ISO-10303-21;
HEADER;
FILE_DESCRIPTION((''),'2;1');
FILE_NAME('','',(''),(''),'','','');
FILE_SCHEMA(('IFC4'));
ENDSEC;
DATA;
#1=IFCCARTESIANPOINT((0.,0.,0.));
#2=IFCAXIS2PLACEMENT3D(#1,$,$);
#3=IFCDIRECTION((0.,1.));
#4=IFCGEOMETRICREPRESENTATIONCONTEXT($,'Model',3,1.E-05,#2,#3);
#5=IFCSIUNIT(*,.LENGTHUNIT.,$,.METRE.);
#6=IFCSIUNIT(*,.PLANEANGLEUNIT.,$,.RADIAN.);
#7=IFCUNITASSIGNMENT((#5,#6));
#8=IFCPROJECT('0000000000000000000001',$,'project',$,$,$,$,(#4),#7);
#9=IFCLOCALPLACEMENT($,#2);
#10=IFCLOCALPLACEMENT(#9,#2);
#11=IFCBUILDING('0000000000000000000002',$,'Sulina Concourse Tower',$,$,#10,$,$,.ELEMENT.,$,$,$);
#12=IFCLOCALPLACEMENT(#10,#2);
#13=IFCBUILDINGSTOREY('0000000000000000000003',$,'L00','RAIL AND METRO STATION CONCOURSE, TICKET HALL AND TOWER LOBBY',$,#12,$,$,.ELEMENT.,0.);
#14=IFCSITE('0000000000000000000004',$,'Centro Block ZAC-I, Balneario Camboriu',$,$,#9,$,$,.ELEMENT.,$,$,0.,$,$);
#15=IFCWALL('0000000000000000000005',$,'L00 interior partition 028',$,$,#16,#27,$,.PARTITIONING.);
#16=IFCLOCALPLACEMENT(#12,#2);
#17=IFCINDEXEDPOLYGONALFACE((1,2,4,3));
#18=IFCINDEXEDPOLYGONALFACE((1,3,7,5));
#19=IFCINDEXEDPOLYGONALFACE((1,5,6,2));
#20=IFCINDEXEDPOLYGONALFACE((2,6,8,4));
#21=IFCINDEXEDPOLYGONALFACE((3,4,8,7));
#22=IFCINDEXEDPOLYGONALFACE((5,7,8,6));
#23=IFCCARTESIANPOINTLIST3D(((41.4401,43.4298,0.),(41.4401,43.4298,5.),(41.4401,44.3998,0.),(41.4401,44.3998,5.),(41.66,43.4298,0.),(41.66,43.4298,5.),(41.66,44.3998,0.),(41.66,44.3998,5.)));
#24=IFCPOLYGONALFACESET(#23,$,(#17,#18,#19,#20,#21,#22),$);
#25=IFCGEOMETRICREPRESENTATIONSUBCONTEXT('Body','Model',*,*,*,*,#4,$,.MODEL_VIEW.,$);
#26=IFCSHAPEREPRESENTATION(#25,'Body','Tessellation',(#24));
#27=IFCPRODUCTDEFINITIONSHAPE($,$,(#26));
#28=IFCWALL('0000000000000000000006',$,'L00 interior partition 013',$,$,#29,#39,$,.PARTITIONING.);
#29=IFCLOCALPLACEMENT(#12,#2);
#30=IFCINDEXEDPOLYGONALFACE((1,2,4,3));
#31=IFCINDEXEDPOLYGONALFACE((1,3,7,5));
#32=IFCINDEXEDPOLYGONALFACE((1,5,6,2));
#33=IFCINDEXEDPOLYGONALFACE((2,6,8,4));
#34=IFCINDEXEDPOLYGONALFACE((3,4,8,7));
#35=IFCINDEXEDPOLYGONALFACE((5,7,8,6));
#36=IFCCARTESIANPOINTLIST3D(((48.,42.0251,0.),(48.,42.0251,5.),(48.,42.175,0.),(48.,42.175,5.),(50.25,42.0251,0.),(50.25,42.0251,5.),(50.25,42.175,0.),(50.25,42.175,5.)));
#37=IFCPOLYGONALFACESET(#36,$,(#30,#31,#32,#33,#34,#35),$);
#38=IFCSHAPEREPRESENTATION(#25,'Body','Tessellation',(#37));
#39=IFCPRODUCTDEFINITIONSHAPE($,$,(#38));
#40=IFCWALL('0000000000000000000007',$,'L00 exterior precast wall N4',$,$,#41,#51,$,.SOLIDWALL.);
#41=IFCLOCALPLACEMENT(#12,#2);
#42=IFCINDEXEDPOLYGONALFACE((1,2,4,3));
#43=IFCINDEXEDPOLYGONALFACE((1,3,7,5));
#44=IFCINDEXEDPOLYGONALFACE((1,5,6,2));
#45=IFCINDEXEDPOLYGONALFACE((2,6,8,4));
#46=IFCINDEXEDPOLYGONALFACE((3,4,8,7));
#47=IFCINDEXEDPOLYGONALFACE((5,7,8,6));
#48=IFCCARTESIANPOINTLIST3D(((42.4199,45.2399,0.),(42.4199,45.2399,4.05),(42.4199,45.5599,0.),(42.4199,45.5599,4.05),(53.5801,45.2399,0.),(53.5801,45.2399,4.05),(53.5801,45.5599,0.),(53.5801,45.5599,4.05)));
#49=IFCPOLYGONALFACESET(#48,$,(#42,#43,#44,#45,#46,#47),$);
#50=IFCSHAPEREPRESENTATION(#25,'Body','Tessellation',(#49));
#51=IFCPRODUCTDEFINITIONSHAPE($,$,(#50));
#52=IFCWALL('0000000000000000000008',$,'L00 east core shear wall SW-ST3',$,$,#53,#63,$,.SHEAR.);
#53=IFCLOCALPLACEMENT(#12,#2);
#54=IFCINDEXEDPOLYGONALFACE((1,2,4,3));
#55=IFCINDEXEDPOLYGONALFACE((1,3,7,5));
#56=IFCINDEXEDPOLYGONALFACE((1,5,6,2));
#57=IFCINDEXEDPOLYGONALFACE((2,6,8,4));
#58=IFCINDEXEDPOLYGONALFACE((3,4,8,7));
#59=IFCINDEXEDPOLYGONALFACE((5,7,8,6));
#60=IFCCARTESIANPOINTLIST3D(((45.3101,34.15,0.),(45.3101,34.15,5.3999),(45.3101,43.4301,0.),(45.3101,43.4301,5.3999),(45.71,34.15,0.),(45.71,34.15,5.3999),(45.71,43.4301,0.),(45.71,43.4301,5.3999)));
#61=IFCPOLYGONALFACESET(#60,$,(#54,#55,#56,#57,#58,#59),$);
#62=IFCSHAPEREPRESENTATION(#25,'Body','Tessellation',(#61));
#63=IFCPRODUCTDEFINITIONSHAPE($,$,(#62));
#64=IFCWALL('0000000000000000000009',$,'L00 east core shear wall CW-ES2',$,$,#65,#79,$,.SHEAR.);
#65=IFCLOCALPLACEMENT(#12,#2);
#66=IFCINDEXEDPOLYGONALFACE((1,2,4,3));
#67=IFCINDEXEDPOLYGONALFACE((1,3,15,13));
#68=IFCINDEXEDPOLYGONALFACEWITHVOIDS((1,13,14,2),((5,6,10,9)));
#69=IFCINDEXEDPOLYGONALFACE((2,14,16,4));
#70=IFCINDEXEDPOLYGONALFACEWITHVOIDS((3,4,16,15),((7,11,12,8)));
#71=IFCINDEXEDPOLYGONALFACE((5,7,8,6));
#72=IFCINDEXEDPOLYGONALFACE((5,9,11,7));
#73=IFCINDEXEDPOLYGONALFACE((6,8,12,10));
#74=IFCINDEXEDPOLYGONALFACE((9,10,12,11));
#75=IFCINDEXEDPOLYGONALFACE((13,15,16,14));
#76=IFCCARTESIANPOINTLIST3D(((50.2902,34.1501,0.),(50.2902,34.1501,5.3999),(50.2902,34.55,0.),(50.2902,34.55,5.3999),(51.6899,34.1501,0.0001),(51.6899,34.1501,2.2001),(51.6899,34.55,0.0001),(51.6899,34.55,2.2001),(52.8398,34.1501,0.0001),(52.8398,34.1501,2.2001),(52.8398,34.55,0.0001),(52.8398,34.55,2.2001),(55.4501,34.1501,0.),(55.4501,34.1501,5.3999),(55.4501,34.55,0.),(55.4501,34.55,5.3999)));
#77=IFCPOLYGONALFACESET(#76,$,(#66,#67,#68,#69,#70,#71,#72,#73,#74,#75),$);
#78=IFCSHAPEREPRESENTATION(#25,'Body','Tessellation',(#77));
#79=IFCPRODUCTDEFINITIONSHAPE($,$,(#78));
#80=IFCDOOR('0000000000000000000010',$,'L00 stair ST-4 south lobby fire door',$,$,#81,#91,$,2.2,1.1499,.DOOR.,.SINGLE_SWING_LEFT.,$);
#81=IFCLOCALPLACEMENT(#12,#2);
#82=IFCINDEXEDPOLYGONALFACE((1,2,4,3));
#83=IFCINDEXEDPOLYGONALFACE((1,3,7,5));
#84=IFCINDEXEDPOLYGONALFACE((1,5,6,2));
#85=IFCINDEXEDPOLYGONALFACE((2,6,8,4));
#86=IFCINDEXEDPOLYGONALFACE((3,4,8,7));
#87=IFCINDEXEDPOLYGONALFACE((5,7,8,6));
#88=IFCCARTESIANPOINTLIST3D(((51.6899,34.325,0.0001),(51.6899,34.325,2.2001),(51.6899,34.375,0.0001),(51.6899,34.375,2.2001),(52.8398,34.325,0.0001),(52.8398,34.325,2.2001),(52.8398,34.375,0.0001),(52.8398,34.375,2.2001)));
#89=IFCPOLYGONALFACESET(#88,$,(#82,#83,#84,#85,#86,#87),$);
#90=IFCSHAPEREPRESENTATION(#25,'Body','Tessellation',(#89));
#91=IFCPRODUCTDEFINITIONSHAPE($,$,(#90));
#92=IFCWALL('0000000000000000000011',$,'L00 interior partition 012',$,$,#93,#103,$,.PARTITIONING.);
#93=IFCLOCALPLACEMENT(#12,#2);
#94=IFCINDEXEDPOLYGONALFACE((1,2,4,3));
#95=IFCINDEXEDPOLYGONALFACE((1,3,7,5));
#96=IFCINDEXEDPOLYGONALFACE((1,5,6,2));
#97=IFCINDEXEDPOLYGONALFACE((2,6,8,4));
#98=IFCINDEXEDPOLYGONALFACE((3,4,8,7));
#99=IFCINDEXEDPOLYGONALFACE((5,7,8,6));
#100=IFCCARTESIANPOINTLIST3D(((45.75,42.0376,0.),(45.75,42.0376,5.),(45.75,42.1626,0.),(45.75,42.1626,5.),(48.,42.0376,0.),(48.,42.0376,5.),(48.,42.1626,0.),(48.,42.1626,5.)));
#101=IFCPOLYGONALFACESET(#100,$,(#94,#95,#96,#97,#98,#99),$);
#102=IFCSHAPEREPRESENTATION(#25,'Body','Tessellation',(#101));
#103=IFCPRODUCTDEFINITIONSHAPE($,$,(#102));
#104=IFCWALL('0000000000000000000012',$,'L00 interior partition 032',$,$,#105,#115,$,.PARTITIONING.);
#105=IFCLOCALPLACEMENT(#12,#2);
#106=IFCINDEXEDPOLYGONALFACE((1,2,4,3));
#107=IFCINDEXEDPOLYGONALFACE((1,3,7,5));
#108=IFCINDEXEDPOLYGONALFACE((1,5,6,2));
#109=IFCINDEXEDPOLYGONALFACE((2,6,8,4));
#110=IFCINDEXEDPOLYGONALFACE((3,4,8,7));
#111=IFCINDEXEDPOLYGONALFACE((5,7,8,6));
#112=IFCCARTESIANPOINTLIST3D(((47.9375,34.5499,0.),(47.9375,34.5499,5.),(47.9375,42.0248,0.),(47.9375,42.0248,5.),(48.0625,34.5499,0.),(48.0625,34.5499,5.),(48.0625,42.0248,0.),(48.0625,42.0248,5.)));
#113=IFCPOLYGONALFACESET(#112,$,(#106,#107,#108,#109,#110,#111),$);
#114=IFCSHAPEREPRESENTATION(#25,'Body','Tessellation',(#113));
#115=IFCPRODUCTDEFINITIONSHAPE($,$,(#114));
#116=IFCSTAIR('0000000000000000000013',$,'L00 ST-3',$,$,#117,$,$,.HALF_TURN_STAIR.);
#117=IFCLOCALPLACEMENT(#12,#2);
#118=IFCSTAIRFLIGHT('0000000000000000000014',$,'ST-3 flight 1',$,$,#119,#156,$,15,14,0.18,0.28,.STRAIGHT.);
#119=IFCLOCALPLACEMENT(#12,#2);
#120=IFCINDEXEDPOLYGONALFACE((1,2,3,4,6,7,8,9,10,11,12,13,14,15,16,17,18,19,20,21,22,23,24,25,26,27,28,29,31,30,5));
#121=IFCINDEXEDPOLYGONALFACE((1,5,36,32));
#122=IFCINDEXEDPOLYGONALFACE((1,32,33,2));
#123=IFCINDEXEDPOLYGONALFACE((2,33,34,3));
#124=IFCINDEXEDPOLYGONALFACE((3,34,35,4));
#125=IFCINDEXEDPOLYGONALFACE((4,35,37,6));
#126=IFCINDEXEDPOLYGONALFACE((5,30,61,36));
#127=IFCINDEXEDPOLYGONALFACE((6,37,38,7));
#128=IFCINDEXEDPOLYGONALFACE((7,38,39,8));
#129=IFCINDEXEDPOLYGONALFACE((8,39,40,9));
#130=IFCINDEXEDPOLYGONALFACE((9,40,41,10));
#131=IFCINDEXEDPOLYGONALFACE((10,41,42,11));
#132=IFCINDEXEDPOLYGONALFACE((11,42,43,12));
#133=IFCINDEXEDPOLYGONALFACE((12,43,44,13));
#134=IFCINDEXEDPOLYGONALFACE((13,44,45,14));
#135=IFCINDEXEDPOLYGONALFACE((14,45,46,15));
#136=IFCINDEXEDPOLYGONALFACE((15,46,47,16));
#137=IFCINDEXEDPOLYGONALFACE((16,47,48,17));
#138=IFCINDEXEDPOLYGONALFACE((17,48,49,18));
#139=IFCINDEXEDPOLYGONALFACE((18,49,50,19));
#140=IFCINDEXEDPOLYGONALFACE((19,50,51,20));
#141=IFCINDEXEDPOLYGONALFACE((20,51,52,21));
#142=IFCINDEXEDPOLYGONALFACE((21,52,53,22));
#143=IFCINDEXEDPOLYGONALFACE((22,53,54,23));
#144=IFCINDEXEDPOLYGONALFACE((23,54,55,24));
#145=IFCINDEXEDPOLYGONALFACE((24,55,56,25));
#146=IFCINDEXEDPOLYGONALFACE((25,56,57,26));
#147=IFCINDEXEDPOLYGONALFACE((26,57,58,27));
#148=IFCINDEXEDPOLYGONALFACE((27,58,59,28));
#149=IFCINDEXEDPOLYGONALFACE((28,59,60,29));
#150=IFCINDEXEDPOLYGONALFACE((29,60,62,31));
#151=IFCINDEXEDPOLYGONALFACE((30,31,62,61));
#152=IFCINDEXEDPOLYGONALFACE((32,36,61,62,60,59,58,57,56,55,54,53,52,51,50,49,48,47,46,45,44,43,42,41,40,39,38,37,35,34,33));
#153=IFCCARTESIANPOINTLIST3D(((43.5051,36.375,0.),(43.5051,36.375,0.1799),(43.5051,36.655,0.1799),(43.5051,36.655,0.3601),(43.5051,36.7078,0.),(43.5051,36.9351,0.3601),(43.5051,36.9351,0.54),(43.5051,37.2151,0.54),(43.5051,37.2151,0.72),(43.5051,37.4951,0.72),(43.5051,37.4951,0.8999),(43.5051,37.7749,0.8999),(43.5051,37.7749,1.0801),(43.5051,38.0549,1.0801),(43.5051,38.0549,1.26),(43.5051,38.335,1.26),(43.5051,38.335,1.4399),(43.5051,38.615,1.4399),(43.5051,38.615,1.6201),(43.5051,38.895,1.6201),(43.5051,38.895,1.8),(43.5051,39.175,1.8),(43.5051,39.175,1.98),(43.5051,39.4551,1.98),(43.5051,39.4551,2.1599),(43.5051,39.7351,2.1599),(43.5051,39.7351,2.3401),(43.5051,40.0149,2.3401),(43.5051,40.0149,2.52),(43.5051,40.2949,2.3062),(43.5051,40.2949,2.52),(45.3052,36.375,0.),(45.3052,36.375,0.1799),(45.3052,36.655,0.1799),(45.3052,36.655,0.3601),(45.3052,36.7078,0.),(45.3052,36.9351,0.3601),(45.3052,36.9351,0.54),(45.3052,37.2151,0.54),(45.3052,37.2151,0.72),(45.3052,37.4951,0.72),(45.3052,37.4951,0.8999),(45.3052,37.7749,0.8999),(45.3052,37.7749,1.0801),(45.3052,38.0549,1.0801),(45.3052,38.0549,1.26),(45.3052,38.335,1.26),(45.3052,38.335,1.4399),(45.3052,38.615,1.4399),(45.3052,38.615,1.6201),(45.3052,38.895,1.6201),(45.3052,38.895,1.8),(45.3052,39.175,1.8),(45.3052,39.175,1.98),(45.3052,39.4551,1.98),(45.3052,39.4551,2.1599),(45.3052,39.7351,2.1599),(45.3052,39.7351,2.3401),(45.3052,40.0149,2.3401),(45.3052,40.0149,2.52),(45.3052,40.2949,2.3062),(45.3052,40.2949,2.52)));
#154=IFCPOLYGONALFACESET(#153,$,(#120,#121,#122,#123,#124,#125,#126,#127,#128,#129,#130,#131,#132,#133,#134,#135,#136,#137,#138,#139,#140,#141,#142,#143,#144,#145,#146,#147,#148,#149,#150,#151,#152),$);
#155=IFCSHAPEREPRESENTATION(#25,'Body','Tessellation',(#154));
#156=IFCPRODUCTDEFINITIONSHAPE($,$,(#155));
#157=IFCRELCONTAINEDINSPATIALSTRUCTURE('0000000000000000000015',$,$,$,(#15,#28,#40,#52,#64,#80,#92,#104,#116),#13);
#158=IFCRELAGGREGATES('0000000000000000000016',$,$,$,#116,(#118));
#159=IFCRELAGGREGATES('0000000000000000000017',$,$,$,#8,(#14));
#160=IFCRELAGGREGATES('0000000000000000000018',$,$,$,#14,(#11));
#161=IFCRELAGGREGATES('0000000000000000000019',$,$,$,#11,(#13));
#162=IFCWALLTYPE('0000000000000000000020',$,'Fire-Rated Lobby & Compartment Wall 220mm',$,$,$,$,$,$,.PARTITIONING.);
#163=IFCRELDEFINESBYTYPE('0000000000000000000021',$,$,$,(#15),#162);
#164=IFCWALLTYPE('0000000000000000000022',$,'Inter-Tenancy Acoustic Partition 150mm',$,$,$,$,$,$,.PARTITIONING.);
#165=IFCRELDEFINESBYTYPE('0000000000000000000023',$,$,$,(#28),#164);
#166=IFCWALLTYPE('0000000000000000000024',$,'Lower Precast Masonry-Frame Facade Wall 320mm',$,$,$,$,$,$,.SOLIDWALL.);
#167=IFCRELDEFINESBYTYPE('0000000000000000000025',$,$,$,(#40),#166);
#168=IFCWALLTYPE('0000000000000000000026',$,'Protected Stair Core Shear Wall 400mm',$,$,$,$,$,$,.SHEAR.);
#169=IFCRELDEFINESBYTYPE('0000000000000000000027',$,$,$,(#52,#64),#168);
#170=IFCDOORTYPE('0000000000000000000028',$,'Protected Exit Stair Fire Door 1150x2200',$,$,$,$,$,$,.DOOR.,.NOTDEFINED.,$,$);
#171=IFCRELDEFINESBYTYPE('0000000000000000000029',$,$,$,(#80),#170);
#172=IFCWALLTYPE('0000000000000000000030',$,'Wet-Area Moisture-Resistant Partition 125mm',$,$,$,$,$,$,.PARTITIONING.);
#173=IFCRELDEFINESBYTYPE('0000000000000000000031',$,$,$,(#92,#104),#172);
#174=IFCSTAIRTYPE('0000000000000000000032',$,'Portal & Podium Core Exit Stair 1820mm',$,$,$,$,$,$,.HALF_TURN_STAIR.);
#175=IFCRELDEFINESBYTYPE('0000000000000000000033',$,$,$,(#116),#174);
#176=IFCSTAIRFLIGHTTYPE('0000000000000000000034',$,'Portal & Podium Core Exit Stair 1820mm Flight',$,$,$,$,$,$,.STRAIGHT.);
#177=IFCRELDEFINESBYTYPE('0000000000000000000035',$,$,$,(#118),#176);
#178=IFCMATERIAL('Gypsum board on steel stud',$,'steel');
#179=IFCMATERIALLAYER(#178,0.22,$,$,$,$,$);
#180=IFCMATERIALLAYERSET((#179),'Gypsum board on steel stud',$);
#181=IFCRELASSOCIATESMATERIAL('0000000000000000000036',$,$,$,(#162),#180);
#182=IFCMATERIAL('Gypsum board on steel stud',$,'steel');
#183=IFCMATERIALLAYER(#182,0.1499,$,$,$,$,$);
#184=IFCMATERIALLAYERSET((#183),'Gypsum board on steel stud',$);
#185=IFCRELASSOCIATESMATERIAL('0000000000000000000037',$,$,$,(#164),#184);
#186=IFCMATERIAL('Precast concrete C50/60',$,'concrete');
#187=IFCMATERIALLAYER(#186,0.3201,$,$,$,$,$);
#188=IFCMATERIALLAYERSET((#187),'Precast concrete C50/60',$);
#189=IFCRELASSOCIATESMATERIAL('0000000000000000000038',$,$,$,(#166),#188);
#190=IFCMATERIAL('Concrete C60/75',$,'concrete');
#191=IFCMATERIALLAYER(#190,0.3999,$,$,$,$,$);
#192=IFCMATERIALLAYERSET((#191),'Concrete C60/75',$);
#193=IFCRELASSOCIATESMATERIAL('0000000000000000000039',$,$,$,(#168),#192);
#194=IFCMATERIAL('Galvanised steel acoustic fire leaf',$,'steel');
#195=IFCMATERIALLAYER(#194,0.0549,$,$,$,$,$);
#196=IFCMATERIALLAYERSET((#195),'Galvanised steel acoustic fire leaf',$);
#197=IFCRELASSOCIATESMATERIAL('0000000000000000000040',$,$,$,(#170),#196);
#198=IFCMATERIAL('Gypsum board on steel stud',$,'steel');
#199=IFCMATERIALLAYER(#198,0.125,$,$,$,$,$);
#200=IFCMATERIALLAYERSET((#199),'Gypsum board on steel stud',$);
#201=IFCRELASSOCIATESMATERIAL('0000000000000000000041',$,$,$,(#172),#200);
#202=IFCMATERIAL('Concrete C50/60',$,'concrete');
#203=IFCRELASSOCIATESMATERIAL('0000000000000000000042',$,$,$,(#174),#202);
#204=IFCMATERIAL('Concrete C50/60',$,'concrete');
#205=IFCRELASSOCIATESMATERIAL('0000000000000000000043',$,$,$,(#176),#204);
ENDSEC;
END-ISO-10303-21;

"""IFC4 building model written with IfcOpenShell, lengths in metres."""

from ifc_helpers import new_model, si_unit, direction, frame, frame_2d, origin, place, context, subcontext, project, spatial, polyline, rectangle, outline, extrude, material, layer, layer_set, type_object, element, fill, aggregate, save


model = new_model("IFC4")

# Units and contexts
model_context = context("Model", 3, precision=1e-05, world=origin(), true_north=direction((0.0, 1.0)))
body_context = subcontext(model_context, "Body", "Model", "MODEL_VIEW")
ifc_project = project(units=[si_unit("LENGTHUNIT", "METRE"), si_unit("PLANEANGLEUNIT", "RADIAN")], contexts=[model_context])

# Site, building, storey
site_placement = place(None, origin())
site = spatial("IfcSite", under=ifc_project, at=site_placement, Name="Centro Block ZAC-I, Balneario Camboriu", CompositionType="ELEMENT", RefElevation=0.0)
building_placement = place(site_placement, origin())
building = spatial("IfcBuilding", under=site, at=building_placement, Name="Sulina Concourse Tower", CompositionType="ELEMENT")
storey_placement = place(building_placement, origin())
storey = spatial("IfcBuildingStorey", under=building, at=storey_placement, Name="L00", Description="RAIL AND METRO STATION CONCOURSE, TICKET HALL AND TOWER LOBBY", CompositionType="ELEMENT", Elevation=0.0)

# Shared definitions
ifc_material_1 = material(Name="Gypsum board on steel stud", Category="steel")
ifc_layer_1 = layer(ifc_material_1, 0.22)
ifc_layer_set_1 = layer_set([ifc_layer_1], Name="Gypsum board on steel stud")
wall_type_1 = type_object("IfcWallType", Name="Fire-Rated Lobby & Compartment Wall 220mm", PredefinedType="PARTITIONING", material=ifc_layer_set_1)

# Walls
wall_1_placement = place(storey_placement, frame((41.55, 43.4299, 0.0), z_axis=(0.0, 0.0, 1.0), x_axis=(0.0, 1.0, 0.0)))
element("IfcWall", 1, at=wall_1_placement, inside=storey, type_object=wall_type_1, Name="L00 interior partition 028", PredefinedType="PARTITIONING", context=body_context, shape_type="SweptSolid", body=[
    extrude(rectangle(XDim=0.97, YDim=0.22, at=frame_2d((0.4849, 0.0))), origin(), (0.0, 0.0, 1.0), 5.0),
])
ifc_material_2 = material(Name="Gypsum board on steel stud", Category="steel")
ifc_layer_2 = layer(ifc_material_2, 0.1499)
ifc_layer_set_2 = layer_set([ifc_layer_2], Name="Gypsum board on steel stud")
wall_type_2 = type_object("IfcWallType", Name="Inter-Tenancy Acoustic Partition 150mm", PredefinedType="PARTITIONING", material=ifc_layer_set_2)
wall_2_placement = place(storey_placement, frame((48.0, 42.1001, 0.0), z_axis=(0.0, 0.0, 1.0), x_axis=(1.0, 0.0, 0.0)))
element("IfcWall", 2, at=wall_2_placement, inside=storey, type_object=wall_type_2, Name="L00 interior partition 013", PredefinedType="PARTITIONING", context=body_context, shape_type="SweptSolid", body=[
    extrude(rectangle(XDim=2.25, YDim=0.1499, at=frame_2d((1.125, 0.0))), origin(), (0.0, 0.0, 1.0), 5.0),
])
ifc_material_3 = material(Name="Precast concrete C50/60", Category="concrete")
ifc_layer_3 = layer(ifc_material_3, 0.3201)
ifc_layer_set_3 = layer_set([ifc_layer_3], Name="Precast concrete C50/60")
wall_type_3 = type_object("IfcWallType", Name="Lower Precast Masonry-Frame Facade Wall 320mm", PredefinedType="SOLIDWALL", material=ifc_layer_set_3)
wall_3_placement = place(storey_placement, frame((42.4199, 45.3999, 0.0), z_axis=(0.0, 0.0, 1.0), x_axis=(1.0, 0.0, 0.0)))
element("IfcWall", 3, at=wall_3_placement, inside=storey, type_object=wall_type_3, Name="L00 exterior precast wall N4", PredefinedType="SOLIDWALL", context=body_context, shape_type="SweptSolid", body=[
    extrude(rectangle(XDim=11.1602, YDim=0.3201, at=frame_2d((5.5801, 0.0))), origin(), (0.0, 0.0, 1.0), 4.05),
])
ifc_material_4 = material(Name="Concrete C60/75", Category="concrete")
ifc_layer_4 = layer(ifc_material_4, 0.3999)
ifc_layer_set_4 = layer_set([ifc_layer_4], Name="Concrete C60/75")
wall_type_4 = type_object("IfcWallType", Name="Protected Stair Core Shear Wall 400mm", PredefinedType="SHEAR", material=ifc_layer_set_4)
wall_4_placement = place(storey_placement, frame((45.51, 34.1499, 0.0), z_axis=(0.0, 0.0, 1.0), x_axis=(0.0, 1.0, 0.0)))
element("IfcWall", 4, at=wall_4_placement, inside=storey, type_object=wall_type_4, Name="L00 east core shear wall SW-ST3", PredefinedType="SHEAR", context=body_context, shape_type="SweptSolid", body=[
    extrude(rectangle(XDim=9.28, YDim=0.3999, at=frame_2d((4.6401, 0.0))), origin(), (0.0, 0.0, 1.0), 5.3999),
])

# Wall, opening, door
wall_5_placement = place(storey_placement, frame((50.29, 34.3501, 0.0), z_axis=(0.0, 0.0, 1.0), x_axis=(1.0, 0.0, 0.0)))
wall_5 = element("IfcWall", 5, at=wall_5_placement, inside=storey, type_object=wall_type_4, Name="L00 east core shear wall CW-ES2", PredefinedType="SHEAR", context=body_context, shape_type="SweptSolid", body=[
    extrude(rectangle(XDim=5.1599, YDim=0.3999, at=frame_2d((2.5801, 0.0))), origin(), (0.0, 0.0, 1.0), 5.3999),
])
opening_1_placement = place(wall_5_placement, frame((1.3999, 0.0, 0.0)))
opening_1 = element("IfcOpeningElement", 6, at=opening_1_placement, cuts=wall_5, PredefinedType="OPENING", context=body_context, shape_type="SweptSolid", body=[
    extrude(rectangle(XDim=1.1499, YDim=2.2, at=frame_2d((0.575, 1.1001))), frame((0.0, 0.21, 0.0), z_axis=(0.0, -1.0, 0.0), x_axis=(1.0, 0.0, 0.0)), (0.0, 0.0, 1.0), 0.4199),
])
ifc_material_5 = material(Name="Galvanised steel acoustic fire leaf", Category="steel")
ifc_layer_5 = layer(ifc_material_5, 0.0549)
ifc_layer_set_5 = layer_set([ifc_layer_5], Name="Galvanised steel acoustic fire leaf")
door_type_1 = type_object("IfcDoorType", Name="Protected Exit Stair Fire Door 1150x2200", OperationType="NOTDEFINED", PredefinedType="DOOR", material=ifc_layer_set_5)
door_1_placement = place(opening_1_placement, origin())
door_1 = element("IfcDoor", 7, at=door_1_placement, inside=storey, type_object=door_type_1, Name="L00 stair ST-4 south lobby fire door", OperationType="SINGLE_SWING_LEFT", OverallHeight=2.2, OverallWidth=1.1499, PredefinedType="DOOR", context=body_context, shape_type="SweptSolid", body=[
    extrude(rectangle(XDim=1.1499, YDim=2.2, at=frame_2d((0.575, 1.1001))), frame((0.0, 0.0249, 0.0), z_axis=(0.0, -1.0, 0.0), x_axis=(1.0, 0.0, 0.0)), (0.0, 0.0, 1.0), 0.05),
])
fill(opening_1, door_1)

# Walls
ifc_material_6 = material(Name="Gypsum board on steel stud", Category="steel")
ifc_layer_6 = layer(ifc_material_6, 0.125)
ifc_layer_set_6 = layer_set([ifc_layer_6], Name="Gypsum board on steel stud")
wall_type_5 = type_object("IfcWallType", Name="Wet-Area Moisture-Resistant Partition 125mm", PredefinedType="PARTITIONING", material=ifc_layer_set_6)
wall_6_placement = place(storey_placement, frame((45.75, 42.1001, 0.0), z_axis=(0.0, 0.0, 1.0), x_axis=(1.0, 0.0, 0.0)))
element("IfcWall", 8, at=wall_6_placement, inside=storey, type_object=wall_type_5, Name="L00 interior partition 012", PredefinedType="PARTITIONING", context=body_context, shape_type="SweptSolid", body=[
    extrude(rectangle(XDim=2.25, YDim=0.125, at=frame_2d((1.125, 0.0))), origin(), (0.0, 0.0, 1.0), 5.0),
])
wall_7_placement = place(storey_placement, frame((48.0, 34.55, 0.0), z_axis=(0.0, 0.0, 1.0), x_axis=(0.0, 1.0, 0.0)))
element("IfcWall", 9, at=wall_7_placement, inside=storey, type_object=wall_type_5, Name="L00 interior partition 032", PredefinedType="PARTITIONING", context=body_context, shape_type="SweptSolid", body=[
    extrude(rectangle(XDim=7.4749, YDim=0.125, at=frame_2d((3.7373, 0.0))), origin(), (0.0, 0.0, 1.0), 5.0),
])

# Stair, stair flight
ifc_material_7 = material(Name="Concrete C50/60", Category="concrete")
stair_type = type_object("IfcStairType", Name="Portal & Podium Core Exit Stair 1820mm", PredefinedType="HALF_TURN_STAIR", material=ifc_material_7)
stair_placement = place(storey_placement, origin())
stair = element("IfcStair", 10, at=stair_placement, inside=storey, type_object=stair_type, Name="L00 ST-3", PredefinedType="HALF_TURN_STAIR")
ifc_material_8 = material(Name="Concrete C50/60", Category="concrete")
stair_flight_type = type_object("IfcStairFlightType", Name="Portal & Podium Core Exit Stair 1820mm Flight", PredefinedType="STRAIGHT", material=ifc_material_8)
stair_flight_1_placement = place(storey_placement, frame((44.405, 36.375, 0.0), z_axis=(0.0, 0.0, 1.0), x_axis=(0.0, 1.0, 0.0)))
stair_flight_1 = element("IfcStairFlight", 11, at=stair_flight_1_placement, type_object=stair_flight_type, Name="ST-3 flight 1", NumberOfRisers=15, NumberOfTreads=14, PredefinedType="STRAIGHT", RiserHeight=0.18, TreadLength=0.28, context=body_context, shape_type="SweptSolid", body=[
    extrude(outline(polyline([(0.0, 0.0), (0.0, 0.1799), (0.28, 0.1799), (0.28, 0.3601), (0.5601, 0.3601), (0.5601, 0.54), (0.8401, 0.54), (0.8401, 0.72), (1.1201, 0.72), (1.1201, 0.8999), (1.3999, 0.8999), (1.3999, 1.0801), (1.6799, 1.0801), (1.6799, 1.26), (1.96, 1.26), (1.96, 1.4399), (2.24, 1.4399), (2.24, 1.6201), (2.52, 1.6201), (2.52, 1.8), (2.8, 1.8), (2.8, 1.98), (3.0801, 1.98), (3.0801, 2.1599), (3.3601, 2.1599), (3.3601, 2.3401), (3.6399, 2.3401), (3.6399, 2.52), (3.9199, 2.52), (3.9199, 2.7), (3.9199, 2.3062), (0.3328, 0.0), (0.0, 0.0)])), frame((0.0, 0.8999, 0.0), z_axis=(0.0, -1.0, 0.0), x_axis=(1.0, 0.0, 0.0)), (0.0, 0.0, 1.0), 1.8),
])
aggregate(stair, [stair_flight_1])

save(model, "model.ifc")
